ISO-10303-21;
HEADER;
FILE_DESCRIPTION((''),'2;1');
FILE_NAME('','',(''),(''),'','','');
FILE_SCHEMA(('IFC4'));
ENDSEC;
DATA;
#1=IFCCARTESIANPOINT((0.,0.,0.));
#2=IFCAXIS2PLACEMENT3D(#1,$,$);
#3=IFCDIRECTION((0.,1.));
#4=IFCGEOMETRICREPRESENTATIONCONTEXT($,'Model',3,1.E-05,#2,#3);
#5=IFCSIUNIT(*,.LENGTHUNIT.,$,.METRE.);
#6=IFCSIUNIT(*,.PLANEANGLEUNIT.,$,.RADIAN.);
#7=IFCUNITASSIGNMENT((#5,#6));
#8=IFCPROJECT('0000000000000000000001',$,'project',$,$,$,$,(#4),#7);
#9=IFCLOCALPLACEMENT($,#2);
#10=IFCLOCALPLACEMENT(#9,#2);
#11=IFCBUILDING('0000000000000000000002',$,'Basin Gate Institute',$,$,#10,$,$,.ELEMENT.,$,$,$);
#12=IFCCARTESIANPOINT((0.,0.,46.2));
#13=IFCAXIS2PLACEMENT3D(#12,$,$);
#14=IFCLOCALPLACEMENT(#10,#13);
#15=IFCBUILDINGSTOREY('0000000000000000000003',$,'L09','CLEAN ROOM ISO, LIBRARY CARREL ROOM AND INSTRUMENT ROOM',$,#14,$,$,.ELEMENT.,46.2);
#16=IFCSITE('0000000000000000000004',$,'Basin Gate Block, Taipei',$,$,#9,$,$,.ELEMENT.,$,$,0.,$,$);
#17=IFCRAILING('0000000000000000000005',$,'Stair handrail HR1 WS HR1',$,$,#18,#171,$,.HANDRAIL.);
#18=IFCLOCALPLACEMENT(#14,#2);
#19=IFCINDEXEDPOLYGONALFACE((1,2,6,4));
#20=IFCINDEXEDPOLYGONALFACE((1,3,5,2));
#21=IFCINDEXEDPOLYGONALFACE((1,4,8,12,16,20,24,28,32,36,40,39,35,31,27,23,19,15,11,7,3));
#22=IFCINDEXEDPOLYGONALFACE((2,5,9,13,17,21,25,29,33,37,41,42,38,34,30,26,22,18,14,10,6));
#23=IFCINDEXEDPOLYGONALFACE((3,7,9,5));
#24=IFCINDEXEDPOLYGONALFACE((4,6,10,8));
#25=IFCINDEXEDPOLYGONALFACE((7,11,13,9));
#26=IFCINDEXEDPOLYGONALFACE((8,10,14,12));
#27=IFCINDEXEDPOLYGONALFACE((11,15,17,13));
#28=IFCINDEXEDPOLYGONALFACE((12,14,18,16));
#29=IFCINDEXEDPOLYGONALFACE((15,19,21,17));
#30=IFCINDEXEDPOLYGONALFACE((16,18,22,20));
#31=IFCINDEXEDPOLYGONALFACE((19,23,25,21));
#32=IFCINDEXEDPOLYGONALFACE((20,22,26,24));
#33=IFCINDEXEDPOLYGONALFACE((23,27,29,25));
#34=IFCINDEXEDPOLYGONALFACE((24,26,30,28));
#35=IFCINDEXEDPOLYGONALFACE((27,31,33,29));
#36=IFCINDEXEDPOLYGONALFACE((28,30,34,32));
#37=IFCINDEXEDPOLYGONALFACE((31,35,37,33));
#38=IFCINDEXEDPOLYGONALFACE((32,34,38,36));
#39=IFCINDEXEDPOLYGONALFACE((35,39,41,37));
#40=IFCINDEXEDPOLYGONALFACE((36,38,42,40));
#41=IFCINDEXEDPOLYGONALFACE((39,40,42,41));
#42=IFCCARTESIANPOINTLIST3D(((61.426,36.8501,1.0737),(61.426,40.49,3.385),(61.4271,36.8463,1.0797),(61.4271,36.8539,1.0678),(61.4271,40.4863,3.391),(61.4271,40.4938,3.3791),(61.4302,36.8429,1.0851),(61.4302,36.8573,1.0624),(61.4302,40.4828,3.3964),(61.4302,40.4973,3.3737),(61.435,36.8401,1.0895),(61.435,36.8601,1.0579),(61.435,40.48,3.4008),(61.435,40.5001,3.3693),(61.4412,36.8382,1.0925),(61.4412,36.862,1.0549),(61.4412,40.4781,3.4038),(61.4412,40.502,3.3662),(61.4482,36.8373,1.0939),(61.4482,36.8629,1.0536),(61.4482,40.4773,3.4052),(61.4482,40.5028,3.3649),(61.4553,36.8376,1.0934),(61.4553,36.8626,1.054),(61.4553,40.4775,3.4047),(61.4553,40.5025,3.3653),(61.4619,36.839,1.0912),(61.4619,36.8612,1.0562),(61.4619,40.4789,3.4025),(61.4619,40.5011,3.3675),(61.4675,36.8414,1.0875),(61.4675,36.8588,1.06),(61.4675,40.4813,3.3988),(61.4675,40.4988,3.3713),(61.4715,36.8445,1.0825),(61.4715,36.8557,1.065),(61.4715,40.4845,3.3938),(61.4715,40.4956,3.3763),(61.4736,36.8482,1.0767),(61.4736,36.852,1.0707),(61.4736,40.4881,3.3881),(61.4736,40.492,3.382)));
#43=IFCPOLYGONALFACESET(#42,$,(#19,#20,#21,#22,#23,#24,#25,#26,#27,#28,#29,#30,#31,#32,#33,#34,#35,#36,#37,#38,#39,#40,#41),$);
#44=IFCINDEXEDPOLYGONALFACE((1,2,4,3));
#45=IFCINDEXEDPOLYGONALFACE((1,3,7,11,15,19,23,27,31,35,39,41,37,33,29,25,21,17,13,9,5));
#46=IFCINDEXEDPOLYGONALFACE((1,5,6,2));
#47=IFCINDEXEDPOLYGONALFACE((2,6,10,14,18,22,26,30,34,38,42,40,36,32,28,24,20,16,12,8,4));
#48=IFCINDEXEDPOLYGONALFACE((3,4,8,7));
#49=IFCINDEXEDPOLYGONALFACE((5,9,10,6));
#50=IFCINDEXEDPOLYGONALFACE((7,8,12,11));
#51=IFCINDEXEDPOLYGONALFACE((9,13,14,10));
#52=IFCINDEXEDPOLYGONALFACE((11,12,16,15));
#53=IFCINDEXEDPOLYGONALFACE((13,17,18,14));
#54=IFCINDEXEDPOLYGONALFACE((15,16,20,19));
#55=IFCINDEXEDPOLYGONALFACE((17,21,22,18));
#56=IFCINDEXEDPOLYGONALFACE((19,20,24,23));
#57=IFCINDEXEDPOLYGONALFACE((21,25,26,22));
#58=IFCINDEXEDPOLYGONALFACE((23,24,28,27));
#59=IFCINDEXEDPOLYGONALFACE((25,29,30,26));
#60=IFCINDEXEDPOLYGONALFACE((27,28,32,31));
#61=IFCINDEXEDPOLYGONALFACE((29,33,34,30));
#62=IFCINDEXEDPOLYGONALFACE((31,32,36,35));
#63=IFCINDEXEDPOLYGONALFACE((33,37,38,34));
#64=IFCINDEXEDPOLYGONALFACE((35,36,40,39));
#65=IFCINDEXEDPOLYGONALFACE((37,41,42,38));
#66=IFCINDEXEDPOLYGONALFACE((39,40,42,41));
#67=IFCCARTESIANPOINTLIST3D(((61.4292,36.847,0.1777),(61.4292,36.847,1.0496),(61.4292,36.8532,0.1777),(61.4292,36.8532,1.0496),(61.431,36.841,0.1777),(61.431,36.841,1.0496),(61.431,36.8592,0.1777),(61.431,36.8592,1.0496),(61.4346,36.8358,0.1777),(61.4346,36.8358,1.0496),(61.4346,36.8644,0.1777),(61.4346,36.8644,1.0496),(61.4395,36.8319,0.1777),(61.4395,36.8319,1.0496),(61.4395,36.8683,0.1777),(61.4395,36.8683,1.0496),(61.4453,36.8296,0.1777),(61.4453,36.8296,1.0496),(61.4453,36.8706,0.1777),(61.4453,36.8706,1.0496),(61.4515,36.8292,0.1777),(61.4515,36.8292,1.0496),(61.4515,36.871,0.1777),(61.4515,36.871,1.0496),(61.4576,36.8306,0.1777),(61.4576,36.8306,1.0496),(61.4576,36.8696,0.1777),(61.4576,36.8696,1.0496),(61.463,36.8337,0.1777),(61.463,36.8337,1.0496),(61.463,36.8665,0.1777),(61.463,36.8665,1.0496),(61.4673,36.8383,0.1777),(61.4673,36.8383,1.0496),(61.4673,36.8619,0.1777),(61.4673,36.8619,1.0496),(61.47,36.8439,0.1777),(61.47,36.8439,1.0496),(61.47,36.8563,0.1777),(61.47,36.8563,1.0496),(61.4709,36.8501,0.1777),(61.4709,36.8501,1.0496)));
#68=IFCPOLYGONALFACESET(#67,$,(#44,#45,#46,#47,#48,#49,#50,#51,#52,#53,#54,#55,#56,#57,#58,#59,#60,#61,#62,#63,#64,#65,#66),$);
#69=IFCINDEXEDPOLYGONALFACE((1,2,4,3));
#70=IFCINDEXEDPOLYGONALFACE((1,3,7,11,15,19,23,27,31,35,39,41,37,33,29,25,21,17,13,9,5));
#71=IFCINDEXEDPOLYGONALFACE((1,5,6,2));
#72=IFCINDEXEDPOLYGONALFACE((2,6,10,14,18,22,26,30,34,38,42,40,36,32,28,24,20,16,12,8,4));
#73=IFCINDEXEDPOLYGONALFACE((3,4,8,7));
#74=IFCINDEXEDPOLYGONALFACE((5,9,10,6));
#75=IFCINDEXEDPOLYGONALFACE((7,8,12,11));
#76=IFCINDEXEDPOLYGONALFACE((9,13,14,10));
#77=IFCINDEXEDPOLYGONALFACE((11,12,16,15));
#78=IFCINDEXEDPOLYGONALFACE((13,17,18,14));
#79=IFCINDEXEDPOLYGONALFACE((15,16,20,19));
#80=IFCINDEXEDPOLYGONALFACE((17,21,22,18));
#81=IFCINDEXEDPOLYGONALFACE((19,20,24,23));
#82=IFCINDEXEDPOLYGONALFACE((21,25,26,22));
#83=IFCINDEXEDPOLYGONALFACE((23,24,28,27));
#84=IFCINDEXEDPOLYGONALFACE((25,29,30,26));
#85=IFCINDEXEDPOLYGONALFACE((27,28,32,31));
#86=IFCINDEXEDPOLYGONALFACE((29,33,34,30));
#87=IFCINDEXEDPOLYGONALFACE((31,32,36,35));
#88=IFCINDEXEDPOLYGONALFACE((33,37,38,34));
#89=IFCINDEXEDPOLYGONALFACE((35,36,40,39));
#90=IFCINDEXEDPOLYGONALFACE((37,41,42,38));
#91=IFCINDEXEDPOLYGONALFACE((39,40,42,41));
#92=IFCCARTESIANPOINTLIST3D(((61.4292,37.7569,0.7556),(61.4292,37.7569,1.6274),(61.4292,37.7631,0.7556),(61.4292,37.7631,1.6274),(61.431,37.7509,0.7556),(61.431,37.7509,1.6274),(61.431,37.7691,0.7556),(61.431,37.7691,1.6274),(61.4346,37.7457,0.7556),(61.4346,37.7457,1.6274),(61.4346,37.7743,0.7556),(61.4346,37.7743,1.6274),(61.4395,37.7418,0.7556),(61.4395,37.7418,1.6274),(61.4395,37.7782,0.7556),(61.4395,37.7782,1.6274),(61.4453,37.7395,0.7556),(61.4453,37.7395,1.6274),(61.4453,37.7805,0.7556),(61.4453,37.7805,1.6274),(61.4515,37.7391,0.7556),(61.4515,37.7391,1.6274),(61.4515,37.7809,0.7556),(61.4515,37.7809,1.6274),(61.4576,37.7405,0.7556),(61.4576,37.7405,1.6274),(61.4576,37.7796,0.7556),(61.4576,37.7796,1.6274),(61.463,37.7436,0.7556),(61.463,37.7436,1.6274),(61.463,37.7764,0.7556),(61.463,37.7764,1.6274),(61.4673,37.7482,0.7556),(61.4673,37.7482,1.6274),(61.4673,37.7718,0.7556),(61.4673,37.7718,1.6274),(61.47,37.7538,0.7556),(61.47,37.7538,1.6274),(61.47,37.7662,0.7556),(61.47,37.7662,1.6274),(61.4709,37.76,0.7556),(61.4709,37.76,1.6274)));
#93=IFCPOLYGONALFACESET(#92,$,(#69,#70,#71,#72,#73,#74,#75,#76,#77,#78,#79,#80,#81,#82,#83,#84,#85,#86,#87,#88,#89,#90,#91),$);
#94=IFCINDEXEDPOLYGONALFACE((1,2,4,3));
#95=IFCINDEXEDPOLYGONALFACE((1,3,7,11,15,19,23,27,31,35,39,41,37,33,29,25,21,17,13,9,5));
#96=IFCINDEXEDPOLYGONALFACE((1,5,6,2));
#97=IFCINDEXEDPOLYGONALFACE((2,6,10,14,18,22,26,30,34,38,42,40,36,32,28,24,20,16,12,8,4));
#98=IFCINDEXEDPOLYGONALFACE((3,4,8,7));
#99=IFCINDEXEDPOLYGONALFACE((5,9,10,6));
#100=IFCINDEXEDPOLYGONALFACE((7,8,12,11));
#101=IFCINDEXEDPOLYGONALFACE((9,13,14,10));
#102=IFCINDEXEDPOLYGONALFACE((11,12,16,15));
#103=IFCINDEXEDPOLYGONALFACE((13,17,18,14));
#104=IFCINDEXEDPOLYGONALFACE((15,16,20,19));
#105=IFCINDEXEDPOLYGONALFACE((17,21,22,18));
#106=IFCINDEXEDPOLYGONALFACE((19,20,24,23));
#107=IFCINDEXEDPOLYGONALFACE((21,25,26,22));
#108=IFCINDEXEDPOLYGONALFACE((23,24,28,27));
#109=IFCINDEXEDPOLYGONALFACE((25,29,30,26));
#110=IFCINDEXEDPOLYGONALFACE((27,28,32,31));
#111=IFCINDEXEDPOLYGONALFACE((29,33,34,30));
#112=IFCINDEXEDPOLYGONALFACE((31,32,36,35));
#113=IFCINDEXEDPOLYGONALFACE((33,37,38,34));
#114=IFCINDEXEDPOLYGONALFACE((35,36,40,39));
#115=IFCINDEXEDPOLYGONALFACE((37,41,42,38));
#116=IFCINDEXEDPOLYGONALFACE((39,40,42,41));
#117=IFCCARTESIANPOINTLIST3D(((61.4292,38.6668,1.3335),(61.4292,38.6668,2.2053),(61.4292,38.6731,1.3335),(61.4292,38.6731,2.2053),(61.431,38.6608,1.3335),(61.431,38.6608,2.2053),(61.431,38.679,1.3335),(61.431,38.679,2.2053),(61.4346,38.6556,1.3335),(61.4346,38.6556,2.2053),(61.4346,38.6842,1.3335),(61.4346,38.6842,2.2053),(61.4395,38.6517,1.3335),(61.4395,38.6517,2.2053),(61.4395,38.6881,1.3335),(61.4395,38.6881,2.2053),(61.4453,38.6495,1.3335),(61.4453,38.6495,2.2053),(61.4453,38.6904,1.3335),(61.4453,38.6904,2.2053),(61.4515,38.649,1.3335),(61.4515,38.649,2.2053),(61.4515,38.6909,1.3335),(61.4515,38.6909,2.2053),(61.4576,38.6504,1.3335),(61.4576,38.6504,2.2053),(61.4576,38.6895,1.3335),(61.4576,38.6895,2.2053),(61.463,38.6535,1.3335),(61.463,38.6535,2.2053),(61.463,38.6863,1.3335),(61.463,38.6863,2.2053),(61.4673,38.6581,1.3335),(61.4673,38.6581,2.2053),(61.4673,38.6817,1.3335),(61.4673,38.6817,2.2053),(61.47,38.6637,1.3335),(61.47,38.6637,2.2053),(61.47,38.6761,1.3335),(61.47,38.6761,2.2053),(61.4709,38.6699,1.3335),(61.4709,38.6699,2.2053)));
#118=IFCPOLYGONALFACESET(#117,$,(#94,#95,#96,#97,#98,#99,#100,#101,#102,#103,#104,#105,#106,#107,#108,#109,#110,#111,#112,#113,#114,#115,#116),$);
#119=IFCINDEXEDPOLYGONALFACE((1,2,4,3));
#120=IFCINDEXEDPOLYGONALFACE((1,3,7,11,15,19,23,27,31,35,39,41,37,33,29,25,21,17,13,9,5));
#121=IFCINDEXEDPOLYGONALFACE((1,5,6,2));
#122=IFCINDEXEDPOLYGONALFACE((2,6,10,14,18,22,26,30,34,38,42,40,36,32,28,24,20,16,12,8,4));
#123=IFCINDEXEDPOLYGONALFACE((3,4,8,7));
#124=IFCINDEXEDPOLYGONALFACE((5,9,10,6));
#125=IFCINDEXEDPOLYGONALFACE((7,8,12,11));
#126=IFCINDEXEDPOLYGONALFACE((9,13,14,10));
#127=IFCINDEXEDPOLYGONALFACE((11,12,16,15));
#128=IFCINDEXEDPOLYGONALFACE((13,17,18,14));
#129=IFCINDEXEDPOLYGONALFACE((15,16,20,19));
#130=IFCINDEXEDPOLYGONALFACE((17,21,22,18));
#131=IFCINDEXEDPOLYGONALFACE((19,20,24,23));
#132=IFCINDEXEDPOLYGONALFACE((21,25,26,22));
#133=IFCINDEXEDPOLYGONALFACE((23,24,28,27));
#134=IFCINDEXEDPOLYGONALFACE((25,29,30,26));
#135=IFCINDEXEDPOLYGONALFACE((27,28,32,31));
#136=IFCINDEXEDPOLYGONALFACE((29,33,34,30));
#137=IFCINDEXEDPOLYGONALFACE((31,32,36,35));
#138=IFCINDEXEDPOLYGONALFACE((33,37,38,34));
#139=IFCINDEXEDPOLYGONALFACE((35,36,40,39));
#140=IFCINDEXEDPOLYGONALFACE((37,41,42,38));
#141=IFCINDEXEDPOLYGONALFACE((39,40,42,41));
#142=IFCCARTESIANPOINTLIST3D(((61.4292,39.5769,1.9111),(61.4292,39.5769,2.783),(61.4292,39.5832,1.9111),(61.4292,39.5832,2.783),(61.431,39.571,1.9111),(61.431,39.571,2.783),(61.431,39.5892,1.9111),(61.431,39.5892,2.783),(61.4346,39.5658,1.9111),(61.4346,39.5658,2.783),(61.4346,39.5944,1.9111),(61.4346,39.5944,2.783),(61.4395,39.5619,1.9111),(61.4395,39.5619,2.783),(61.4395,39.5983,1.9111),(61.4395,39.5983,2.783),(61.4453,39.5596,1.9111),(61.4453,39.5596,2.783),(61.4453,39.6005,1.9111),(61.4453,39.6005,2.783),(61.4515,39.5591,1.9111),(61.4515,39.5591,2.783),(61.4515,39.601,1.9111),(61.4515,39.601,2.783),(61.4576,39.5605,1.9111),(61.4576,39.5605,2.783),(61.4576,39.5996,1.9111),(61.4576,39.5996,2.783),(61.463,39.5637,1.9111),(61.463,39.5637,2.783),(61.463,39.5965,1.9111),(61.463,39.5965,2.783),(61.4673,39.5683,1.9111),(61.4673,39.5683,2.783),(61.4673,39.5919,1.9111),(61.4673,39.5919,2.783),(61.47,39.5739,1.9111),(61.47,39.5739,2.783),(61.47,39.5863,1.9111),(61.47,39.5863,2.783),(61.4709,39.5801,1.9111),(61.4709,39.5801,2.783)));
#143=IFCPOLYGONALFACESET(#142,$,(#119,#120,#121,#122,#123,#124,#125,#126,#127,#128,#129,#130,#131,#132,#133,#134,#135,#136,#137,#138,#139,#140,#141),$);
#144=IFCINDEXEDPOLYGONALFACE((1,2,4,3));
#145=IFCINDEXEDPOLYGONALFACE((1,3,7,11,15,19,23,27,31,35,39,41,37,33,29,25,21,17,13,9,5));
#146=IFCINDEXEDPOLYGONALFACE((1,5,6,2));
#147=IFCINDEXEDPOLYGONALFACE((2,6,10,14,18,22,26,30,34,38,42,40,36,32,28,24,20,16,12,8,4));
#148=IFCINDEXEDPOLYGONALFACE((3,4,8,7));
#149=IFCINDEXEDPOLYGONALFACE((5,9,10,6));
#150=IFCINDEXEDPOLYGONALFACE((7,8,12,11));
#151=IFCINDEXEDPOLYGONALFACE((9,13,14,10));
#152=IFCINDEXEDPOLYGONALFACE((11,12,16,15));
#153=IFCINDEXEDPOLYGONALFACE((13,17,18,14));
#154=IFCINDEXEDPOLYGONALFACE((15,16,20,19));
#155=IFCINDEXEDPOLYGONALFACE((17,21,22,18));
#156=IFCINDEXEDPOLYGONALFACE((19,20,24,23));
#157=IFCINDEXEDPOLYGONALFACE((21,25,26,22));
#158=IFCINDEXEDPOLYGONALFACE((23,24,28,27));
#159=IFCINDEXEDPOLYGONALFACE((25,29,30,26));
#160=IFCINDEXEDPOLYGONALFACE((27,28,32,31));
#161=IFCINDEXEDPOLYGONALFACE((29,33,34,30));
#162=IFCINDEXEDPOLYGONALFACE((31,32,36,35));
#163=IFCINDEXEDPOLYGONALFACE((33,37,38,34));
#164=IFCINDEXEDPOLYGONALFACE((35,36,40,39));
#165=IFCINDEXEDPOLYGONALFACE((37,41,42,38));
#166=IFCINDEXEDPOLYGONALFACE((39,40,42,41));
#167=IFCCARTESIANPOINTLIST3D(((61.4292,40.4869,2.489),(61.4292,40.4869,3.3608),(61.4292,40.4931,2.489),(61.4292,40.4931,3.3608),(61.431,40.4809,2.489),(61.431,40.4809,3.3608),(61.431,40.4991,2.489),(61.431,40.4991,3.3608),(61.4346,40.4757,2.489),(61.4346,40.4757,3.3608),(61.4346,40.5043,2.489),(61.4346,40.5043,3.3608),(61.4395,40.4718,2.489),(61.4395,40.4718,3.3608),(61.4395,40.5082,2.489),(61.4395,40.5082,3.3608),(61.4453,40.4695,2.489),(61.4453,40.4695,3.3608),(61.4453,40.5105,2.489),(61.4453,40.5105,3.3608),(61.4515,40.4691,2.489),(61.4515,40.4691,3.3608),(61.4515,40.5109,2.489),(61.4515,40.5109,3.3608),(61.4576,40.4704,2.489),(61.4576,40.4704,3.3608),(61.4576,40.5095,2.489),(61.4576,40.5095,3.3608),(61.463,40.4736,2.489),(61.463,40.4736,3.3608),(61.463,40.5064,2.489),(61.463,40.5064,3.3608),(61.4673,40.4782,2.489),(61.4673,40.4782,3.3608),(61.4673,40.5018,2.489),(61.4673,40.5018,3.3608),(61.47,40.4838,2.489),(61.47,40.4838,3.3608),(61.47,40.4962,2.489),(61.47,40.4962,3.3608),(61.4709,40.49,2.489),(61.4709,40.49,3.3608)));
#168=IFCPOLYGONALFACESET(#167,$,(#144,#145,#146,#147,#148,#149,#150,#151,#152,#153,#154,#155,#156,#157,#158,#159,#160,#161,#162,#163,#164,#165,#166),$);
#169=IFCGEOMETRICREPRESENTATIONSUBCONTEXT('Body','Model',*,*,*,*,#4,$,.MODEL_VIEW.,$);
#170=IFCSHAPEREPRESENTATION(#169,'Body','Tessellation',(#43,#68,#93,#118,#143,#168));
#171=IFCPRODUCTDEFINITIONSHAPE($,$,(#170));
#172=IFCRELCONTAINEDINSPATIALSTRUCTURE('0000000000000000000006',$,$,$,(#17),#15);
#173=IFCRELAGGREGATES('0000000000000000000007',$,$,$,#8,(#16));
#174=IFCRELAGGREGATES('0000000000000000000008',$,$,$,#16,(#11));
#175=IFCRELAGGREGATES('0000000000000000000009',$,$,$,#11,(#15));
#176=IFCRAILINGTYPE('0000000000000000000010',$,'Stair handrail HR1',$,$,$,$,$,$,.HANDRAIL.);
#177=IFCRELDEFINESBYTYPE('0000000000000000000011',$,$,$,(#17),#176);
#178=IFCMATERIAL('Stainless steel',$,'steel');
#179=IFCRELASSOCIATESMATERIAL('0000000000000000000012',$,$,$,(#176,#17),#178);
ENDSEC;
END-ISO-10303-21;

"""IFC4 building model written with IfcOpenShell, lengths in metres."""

from ifc_helpers import new_model, si_unit, direction, frame, origin, origin_2d, place, context, subcontext, project, spatial, circle, extrude, material, type_object, element, save


model = new_model("IFC4")

# Units and contexts
model_context = context("Model", 3, precision=1e-05, world=origin(), true_north=direction((0.0, 1.0)))
body_context = subcontext(model_context, "Body", "Model", "MODEL_VIEW")
ifc_project = project(units=[si_unit("LENGTHUNIT", "METRE"), si_unit("PLANEANGLEUNIT", "RADIAN")], contexts=[model_context])

# Site, building, storey
site_placement = place(None, origin())
site = spatial("IfcSite", under=ifc_project, at=site_placement, Name="Basin Gate Block, Taipei", CompositionType="ELEMENT", RefElevation=0.0)
building_placement = place(site_placement, origin())
building = spatial("IfcBuilding", under=site, at=building_placement, Name="Basin Gate Institute", CompositionType="ELEMENT")
storey_placement = place(building_placement, frame((0.0, 0.0, 46.2)))
storey = spatial("IfcBuildingStorey", under=building, at=storey_placement, Name="L09", Description="CLEAN ROOM ISO, LIBRARY CARREL ROOM AND INSTRUMENT ROOM", CompositionType="ELEMENT", Elevation=46.2)

# Railing
ifc_material_1 = material(Name="Stainless steel", Category="steel")
railing_type_1 = type_object("IfcRailingType", Name="Stair handrail HR1", PredefinedType="HANDRAIL", material=ifc_material_1)
for number, where, name in (
    (1, (61.45, 36.8501, 0.1777), "Stair handrail HR1 WS HR1"),
):
    element("IfcRailing", number, at=place(storey_placement, frame(where)), inside=storey, type_object=railing_type_1, material=ifc_material_1, Name=name, PredefinedType="HANDRAIL", context=body_context, shape_type="SweptSolid", body=[
        extrude(circle(Radius=0.0239, at=origin_2d()), frame((0.0, 0.0, 0.896), z_axis=(0.0, 0.844188, 0.536047), x_axis=(-1.0, 0.0, 0.0)), (0.0, 0.0, 1.0), 4.3118),
        extrude(circle(Radius=0.021, at=origin_2d()), origin(), (0.0, 0.0, 1.0), 0.8718),
        extrude(circle(Radius=0.021, at=origin_2d()), frame((0.0, 0.9099, 0.5779)), (0.0, 0.0, 1.0), 0.8718),
        extrude(circle(Radius=0.021, at=origin_2d()), frame((0.0, 1.8198, 1.1558)), (0.0, 0.0, 1.0), 0.8718),
        extrude(circle(Radius=0.021, at=origin_2d()), frame((0.0, 2.73, 1.7334)), (0.0, 0.0, 1.0), 0.8718),
        extrude(circle(Radius=0.021, at=origin_2d()), frame((0.0, 3.6399, 2.3113)), (0.0, 0.0, 1.0), 0.8718),
    ])

save(model, "model.ifc")
